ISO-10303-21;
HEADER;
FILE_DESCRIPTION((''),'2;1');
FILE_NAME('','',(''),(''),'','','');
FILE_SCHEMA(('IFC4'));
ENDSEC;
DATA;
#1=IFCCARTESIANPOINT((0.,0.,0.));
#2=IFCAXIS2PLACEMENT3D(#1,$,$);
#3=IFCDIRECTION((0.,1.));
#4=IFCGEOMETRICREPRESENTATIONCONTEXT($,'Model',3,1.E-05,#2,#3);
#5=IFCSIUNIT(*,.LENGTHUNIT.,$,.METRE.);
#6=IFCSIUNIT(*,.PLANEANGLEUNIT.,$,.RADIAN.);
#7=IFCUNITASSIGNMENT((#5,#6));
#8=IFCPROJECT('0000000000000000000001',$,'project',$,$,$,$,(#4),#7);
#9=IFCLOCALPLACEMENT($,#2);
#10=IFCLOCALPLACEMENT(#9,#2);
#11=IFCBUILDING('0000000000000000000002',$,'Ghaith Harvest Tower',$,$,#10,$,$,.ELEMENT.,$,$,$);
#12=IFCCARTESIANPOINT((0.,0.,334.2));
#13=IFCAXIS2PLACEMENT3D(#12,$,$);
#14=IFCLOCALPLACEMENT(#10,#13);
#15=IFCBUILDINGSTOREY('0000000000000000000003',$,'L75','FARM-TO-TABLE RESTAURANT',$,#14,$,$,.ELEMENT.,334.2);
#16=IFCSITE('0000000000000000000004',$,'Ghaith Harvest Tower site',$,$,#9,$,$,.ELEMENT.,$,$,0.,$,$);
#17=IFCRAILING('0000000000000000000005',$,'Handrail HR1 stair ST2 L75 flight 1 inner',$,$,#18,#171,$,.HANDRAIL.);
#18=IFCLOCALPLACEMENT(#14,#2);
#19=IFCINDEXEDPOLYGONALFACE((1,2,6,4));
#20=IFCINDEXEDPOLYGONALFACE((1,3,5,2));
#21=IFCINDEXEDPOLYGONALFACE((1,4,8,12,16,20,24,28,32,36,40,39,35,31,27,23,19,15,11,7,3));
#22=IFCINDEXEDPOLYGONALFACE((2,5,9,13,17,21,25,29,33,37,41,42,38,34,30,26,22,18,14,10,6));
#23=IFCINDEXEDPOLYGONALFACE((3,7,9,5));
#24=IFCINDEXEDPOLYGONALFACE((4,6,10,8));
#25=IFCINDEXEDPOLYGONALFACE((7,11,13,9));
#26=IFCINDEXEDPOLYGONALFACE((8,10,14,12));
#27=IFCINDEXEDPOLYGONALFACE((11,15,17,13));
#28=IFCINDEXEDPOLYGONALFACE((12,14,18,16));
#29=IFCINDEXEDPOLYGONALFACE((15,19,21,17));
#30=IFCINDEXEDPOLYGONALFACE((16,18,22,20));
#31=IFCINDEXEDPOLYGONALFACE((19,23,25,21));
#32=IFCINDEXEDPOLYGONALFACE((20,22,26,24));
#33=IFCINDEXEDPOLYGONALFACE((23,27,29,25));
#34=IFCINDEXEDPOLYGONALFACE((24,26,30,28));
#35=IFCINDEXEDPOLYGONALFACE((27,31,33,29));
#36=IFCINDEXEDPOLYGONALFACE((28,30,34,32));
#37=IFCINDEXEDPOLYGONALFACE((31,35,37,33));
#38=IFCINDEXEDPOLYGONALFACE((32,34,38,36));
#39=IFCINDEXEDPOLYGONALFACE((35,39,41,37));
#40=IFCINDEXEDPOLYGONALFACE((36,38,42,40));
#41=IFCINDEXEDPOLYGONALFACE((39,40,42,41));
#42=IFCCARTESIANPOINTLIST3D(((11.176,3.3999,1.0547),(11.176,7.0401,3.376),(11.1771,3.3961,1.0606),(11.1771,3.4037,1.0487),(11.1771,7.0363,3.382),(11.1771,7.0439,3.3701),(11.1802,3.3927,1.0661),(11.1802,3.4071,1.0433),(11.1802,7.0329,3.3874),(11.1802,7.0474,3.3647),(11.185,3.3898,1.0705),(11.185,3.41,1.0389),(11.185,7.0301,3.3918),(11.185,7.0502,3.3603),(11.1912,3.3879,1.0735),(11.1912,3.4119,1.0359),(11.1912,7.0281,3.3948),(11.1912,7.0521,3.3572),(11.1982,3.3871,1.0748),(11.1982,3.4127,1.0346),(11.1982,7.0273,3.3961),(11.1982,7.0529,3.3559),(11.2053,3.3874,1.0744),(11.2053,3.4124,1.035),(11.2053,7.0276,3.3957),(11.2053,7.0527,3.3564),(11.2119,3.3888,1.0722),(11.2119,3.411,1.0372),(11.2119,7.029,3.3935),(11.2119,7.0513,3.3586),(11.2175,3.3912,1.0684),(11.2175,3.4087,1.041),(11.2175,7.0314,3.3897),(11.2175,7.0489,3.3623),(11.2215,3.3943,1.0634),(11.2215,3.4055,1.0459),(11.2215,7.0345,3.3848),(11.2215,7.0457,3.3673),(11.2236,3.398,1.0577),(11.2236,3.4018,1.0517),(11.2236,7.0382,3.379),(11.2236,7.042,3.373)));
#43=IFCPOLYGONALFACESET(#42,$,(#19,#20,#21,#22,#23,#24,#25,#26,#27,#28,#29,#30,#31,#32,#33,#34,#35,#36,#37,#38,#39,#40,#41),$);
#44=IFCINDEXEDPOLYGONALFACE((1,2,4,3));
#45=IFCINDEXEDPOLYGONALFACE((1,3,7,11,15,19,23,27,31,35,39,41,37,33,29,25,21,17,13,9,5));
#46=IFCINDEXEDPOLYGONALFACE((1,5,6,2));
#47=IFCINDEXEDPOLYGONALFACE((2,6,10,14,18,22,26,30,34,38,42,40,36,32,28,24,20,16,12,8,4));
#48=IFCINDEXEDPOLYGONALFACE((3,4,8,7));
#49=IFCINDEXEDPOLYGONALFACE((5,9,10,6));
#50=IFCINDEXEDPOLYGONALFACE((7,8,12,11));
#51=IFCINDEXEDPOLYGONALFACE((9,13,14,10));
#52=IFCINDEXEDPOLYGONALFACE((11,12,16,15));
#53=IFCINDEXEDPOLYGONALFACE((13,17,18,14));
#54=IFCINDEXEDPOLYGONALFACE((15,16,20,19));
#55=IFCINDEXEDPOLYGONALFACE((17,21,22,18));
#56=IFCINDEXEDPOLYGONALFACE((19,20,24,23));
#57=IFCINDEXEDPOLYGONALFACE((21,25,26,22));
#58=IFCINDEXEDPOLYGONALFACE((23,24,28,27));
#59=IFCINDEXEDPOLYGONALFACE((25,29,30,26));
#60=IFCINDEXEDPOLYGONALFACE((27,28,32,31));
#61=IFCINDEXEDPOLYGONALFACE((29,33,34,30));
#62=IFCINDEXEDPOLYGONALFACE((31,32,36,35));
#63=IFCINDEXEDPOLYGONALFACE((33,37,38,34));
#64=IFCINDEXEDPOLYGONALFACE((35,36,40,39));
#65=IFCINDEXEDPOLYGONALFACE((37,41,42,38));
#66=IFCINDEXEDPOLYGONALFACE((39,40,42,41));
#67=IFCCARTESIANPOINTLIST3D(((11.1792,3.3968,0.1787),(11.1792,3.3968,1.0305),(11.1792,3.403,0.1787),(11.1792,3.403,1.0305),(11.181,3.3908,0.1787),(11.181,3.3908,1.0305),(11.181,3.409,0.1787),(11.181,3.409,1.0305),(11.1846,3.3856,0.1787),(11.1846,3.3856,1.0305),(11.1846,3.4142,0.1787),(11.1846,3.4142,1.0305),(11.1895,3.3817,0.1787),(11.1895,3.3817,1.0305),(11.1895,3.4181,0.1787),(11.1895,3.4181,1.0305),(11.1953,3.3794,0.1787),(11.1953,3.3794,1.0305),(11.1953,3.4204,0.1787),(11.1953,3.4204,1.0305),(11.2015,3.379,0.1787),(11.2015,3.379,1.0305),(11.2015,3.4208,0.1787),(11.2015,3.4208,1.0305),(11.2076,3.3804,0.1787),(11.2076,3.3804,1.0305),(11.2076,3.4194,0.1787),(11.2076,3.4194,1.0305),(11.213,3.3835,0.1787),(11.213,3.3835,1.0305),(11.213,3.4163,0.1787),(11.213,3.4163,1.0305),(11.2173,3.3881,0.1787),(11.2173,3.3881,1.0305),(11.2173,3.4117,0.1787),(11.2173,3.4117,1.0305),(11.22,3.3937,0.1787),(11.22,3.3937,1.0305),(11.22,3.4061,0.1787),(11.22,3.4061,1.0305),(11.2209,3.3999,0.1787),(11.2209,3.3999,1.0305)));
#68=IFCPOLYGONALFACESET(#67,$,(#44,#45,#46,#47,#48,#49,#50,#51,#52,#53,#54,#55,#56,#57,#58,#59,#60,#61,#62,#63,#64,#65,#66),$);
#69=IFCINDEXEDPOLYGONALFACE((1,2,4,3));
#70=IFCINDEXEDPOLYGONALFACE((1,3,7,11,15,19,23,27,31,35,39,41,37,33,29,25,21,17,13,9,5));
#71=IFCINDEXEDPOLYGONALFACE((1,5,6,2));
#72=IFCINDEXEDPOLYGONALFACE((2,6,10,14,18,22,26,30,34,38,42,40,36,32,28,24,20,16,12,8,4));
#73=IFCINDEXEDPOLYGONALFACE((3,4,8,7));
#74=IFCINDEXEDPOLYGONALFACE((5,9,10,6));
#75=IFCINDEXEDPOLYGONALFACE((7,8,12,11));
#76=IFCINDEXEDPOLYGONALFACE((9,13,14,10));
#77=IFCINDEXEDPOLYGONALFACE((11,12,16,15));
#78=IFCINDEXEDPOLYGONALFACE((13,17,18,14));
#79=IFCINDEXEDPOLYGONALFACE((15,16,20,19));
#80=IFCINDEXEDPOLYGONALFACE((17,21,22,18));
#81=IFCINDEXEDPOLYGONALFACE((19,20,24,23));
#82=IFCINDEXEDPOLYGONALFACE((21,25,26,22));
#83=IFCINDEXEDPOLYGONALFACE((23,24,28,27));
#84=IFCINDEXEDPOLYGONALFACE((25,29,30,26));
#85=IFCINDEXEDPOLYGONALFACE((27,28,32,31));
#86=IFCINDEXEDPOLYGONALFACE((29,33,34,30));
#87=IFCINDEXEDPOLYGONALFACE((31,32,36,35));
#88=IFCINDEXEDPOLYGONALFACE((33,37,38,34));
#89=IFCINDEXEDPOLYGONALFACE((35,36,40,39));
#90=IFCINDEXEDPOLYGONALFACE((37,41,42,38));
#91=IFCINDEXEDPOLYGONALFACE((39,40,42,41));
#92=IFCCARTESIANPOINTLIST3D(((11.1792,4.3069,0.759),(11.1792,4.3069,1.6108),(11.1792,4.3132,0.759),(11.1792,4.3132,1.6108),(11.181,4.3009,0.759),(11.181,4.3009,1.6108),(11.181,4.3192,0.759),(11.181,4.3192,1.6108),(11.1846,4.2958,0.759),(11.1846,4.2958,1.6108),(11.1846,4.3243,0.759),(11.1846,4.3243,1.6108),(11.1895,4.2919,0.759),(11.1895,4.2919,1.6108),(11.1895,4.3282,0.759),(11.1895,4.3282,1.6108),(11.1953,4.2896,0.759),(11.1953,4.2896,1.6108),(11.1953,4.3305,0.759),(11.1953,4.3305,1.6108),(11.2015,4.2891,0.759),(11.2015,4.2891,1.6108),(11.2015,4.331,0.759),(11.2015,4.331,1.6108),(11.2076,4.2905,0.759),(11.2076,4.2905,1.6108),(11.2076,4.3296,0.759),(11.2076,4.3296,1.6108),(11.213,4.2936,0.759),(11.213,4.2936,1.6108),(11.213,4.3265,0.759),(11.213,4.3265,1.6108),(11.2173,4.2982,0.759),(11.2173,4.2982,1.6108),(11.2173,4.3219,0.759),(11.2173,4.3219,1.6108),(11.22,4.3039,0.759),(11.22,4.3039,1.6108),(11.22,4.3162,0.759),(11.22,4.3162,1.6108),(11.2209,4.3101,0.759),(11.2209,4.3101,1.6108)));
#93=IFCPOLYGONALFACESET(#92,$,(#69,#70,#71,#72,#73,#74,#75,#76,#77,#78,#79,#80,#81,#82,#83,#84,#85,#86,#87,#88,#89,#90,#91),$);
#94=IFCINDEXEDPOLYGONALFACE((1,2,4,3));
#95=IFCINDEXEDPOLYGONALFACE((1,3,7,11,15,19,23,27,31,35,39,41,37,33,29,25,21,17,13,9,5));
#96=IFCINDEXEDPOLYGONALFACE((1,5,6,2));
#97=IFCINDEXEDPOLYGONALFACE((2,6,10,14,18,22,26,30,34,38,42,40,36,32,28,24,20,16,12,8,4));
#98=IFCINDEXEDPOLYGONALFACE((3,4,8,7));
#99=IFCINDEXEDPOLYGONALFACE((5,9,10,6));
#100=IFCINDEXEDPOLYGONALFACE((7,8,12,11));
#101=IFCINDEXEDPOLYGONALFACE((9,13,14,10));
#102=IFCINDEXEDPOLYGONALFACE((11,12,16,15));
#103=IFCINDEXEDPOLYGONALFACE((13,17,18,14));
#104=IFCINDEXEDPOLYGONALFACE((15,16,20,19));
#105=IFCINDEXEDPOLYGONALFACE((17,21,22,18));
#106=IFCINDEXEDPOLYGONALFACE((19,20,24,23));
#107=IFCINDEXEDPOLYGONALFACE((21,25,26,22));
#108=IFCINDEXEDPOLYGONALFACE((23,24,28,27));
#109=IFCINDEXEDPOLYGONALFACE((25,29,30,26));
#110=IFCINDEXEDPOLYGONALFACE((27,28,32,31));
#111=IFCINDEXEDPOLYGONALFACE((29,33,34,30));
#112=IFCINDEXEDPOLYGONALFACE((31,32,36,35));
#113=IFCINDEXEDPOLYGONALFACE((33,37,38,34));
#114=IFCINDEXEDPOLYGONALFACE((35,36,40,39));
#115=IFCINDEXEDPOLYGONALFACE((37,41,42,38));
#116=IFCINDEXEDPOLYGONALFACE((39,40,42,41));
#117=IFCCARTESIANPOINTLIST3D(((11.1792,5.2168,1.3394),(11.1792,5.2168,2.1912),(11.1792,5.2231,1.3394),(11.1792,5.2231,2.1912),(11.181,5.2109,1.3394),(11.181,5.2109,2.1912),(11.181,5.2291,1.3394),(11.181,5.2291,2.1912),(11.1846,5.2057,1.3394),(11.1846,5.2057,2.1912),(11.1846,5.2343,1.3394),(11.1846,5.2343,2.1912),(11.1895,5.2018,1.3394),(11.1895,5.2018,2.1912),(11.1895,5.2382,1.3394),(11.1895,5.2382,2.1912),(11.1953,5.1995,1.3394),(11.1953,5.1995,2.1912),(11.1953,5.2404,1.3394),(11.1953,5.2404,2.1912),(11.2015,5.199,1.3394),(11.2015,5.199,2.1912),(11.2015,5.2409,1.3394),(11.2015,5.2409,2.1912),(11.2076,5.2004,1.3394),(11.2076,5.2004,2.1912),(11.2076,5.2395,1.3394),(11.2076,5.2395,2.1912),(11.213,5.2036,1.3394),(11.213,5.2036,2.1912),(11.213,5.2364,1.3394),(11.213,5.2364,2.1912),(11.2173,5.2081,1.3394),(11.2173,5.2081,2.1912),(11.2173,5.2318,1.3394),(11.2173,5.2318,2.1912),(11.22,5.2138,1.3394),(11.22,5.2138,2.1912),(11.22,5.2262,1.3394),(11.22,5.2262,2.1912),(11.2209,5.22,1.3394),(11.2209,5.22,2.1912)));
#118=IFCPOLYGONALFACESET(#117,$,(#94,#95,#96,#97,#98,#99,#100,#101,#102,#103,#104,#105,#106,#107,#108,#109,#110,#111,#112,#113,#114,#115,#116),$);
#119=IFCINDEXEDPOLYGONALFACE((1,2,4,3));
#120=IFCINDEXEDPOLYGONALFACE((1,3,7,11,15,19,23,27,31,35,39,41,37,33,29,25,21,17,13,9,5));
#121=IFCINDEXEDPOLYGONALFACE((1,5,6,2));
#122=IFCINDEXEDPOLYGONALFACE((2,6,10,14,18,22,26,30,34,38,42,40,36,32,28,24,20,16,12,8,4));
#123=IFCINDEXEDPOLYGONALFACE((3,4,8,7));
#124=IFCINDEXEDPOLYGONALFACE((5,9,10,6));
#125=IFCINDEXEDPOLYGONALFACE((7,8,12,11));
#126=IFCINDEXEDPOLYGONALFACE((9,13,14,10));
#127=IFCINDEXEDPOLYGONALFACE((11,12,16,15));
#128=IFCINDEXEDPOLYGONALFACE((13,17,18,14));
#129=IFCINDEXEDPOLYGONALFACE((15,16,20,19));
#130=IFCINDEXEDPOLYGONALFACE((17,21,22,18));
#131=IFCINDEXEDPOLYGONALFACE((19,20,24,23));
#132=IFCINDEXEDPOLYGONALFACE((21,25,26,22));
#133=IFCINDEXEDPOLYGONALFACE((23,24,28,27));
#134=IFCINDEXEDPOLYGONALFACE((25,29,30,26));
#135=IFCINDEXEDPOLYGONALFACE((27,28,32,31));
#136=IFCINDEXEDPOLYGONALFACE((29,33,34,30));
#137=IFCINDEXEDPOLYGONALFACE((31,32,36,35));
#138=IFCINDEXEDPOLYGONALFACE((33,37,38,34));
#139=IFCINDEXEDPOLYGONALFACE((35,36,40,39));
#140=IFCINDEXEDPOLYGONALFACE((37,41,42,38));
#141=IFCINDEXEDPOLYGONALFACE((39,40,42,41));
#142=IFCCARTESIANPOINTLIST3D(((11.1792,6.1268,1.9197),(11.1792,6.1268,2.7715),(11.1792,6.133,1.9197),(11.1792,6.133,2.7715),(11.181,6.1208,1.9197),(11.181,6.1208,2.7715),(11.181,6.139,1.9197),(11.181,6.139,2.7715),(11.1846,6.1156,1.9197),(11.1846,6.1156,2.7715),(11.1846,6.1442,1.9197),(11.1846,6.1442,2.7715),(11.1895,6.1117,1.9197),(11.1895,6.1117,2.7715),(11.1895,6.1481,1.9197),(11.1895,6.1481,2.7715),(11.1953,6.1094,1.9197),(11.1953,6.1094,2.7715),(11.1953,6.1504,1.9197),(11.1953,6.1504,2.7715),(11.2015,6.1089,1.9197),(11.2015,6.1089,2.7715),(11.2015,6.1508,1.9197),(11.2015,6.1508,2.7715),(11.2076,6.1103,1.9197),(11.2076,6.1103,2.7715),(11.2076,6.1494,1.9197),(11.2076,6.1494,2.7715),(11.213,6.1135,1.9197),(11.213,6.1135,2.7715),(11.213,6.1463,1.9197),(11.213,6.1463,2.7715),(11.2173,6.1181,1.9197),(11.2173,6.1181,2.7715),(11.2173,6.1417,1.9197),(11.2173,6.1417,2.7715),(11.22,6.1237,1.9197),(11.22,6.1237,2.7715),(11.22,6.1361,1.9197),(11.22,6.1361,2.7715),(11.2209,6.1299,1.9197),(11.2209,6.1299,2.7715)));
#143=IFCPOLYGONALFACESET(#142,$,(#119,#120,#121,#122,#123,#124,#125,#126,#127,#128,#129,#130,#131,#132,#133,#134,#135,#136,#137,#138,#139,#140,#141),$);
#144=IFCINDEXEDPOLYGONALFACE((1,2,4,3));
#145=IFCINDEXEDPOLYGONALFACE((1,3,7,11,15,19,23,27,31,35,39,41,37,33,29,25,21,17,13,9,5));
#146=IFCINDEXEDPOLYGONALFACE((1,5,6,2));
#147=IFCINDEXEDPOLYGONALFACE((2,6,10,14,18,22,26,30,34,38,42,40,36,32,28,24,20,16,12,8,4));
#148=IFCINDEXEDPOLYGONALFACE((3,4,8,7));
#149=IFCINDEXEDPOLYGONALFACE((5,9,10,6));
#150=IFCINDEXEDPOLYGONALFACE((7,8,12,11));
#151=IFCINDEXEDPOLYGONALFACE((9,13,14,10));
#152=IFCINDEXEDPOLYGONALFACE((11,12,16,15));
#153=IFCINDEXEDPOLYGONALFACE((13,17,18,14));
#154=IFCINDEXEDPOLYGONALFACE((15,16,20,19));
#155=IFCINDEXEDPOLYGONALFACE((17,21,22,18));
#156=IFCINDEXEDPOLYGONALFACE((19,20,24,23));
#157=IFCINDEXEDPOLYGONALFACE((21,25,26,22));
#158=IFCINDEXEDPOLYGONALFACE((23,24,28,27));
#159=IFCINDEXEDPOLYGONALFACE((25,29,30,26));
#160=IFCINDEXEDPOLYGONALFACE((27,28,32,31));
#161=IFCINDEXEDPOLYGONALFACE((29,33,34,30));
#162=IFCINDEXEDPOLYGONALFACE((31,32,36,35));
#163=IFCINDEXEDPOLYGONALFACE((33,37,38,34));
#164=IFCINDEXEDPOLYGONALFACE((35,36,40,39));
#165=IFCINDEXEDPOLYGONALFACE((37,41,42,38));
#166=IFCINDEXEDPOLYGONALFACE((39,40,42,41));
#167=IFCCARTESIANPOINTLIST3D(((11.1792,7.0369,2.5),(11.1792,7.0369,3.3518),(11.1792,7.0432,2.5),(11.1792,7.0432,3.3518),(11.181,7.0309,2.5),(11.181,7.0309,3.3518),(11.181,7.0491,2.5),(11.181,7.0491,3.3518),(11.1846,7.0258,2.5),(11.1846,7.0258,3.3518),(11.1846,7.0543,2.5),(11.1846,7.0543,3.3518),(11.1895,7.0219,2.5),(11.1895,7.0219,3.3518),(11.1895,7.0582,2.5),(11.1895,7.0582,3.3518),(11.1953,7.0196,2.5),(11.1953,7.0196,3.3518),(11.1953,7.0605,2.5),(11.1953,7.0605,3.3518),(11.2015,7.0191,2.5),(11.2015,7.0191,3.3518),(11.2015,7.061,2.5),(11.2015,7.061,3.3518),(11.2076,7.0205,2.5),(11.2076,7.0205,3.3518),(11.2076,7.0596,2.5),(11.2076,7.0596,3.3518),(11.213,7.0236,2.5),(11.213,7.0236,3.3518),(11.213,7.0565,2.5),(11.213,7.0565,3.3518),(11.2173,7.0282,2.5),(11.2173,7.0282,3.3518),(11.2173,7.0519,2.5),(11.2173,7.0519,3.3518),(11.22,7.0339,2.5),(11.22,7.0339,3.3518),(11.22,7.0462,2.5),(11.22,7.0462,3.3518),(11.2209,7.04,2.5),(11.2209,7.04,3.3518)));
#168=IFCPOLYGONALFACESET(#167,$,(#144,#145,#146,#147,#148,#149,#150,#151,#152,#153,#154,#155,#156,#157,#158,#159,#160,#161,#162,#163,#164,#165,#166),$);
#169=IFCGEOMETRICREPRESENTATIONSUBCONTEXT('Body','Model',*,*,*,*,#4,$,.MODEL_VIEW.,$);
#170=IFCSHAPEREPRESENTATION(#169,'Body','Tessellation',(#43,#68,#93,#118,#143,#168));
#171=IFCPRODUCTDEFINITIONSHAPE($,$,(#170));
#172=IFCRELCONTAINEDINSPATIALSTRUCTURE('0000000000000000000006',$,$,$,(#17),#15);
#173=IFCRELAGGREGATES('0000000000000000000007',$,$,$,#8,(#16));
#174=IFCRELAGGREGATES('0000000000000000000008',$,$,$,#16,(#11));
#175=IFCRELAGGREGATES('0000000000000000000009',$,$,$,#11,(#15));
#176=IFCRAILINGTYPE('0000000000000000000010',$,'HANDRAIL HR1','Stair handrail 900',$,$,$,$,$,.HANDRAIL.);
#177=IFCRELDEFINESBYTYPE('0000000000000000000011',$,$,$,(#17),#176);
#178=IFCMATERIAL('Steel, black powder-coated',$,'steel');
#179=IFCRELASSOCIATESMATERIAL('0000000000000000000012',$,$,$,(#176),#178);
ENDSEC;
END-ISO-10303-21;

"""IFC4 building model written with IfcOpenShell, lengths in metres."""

from ifc_helpers import new_model, si_unit, direction, frame, origin, origin_2d, place, context, subcontext, project, spatial, circle, extrude, material, type_object, element, save


model = new_model("IFC4")

# Units and contexts
model_context = context("Model", 3, precision=1e-05, world=origin(), true_north=direction((0.0, 1.0)))
body_context = subcontext(model_context, "Body", "Model", "MODEL_VIEW")
ifc_project = project(units=[si_unit("LENGTHUNIT", "METRE"), si_unit("PLANEANGLEUNIT", "RADIAN")], contexts=[model_context])

# Site, building, storey
site_placement = place(None, origin())
site = spatial("IfcSite", under=ifc_project, at=site_placement, Name="Ghaith Harvest Tower site", CompositionType="ELEMENT", RefElevation=0.0)
building_placement = place(site_placement, origin())
building = spatial("IfcBuilding", under=site, at=building_placement, Name="Ghaith Harvest Tower", CompositionType="ELEMENT")
storey_placement = place(building_placement, frame((0.0, 0.0, 334.2)))
storey = spatial("IfcBuildingStorey", under=building, at=storey_placement, Name="L75", Description="FARM-TO-TABLE RESTAURANT", CompositionType="ELEMENT", Elevation=334.2)

# Railing
ifc_material_1 = material(Name="Steel, black powder-coated", Category="steel")
railing_type = type_object("IfcRailingType", Name="HANDRAIL HR1", Description="Stair handrail 900", PredefinedType="HANDRAIL", material=ifc_material_1)
railing_1_placement = place(storey_placement, frame((11.2, 3.3999, 0.1787)))
element("IfcRailing", 1, at=railing_1_placement, inside=storey, type_object=railing_type, Name="Handrail HR1 stair ST2 L75 flight 1 inner", PredefinedType="HANDRAIL", context=body_context, shape_type="SweptSolid", body=[
    extrude(circle(Radius=0.0239, at=origin_2d()), frame((0.0, 0.0, 0.876), z_axis=(0.0, 0.843153, 0.537673), x_axis=(-1.0, 0.0, 0.0)), (0.0, 0.0, 1.0), 4.3174),
    extrude(circle(Radius=0.021, at=origin_2d()), origin(), (0.0, 0.0, 1.0), 0.8518),
    extrude(circle(Radius=0.021, at=origin_2d()), frame((0.0, 0.9102, 0.5803)), (0.0, 0.0, 1.0), 0.8518),
    extrude(circle(Radius=0.021, at=origin_2d()), frame((0.0, 1.8201, 1.1606)), (0.0, 0.0, 1.0), 0.8518),
    extrude(circle(Radius=0.021, at=origin_2d()), frame((0.0, 2.73, 1.741)), (0.0, 0.0, 1.0), 0.8518),
    extrude(circle(Radius=0.021, at=origin_2d()), frame((0.0, 3.6401, 2.3213)), (0.0, 0.0, 1.0), 0.8518),
])

save(model, "model.ifc")
